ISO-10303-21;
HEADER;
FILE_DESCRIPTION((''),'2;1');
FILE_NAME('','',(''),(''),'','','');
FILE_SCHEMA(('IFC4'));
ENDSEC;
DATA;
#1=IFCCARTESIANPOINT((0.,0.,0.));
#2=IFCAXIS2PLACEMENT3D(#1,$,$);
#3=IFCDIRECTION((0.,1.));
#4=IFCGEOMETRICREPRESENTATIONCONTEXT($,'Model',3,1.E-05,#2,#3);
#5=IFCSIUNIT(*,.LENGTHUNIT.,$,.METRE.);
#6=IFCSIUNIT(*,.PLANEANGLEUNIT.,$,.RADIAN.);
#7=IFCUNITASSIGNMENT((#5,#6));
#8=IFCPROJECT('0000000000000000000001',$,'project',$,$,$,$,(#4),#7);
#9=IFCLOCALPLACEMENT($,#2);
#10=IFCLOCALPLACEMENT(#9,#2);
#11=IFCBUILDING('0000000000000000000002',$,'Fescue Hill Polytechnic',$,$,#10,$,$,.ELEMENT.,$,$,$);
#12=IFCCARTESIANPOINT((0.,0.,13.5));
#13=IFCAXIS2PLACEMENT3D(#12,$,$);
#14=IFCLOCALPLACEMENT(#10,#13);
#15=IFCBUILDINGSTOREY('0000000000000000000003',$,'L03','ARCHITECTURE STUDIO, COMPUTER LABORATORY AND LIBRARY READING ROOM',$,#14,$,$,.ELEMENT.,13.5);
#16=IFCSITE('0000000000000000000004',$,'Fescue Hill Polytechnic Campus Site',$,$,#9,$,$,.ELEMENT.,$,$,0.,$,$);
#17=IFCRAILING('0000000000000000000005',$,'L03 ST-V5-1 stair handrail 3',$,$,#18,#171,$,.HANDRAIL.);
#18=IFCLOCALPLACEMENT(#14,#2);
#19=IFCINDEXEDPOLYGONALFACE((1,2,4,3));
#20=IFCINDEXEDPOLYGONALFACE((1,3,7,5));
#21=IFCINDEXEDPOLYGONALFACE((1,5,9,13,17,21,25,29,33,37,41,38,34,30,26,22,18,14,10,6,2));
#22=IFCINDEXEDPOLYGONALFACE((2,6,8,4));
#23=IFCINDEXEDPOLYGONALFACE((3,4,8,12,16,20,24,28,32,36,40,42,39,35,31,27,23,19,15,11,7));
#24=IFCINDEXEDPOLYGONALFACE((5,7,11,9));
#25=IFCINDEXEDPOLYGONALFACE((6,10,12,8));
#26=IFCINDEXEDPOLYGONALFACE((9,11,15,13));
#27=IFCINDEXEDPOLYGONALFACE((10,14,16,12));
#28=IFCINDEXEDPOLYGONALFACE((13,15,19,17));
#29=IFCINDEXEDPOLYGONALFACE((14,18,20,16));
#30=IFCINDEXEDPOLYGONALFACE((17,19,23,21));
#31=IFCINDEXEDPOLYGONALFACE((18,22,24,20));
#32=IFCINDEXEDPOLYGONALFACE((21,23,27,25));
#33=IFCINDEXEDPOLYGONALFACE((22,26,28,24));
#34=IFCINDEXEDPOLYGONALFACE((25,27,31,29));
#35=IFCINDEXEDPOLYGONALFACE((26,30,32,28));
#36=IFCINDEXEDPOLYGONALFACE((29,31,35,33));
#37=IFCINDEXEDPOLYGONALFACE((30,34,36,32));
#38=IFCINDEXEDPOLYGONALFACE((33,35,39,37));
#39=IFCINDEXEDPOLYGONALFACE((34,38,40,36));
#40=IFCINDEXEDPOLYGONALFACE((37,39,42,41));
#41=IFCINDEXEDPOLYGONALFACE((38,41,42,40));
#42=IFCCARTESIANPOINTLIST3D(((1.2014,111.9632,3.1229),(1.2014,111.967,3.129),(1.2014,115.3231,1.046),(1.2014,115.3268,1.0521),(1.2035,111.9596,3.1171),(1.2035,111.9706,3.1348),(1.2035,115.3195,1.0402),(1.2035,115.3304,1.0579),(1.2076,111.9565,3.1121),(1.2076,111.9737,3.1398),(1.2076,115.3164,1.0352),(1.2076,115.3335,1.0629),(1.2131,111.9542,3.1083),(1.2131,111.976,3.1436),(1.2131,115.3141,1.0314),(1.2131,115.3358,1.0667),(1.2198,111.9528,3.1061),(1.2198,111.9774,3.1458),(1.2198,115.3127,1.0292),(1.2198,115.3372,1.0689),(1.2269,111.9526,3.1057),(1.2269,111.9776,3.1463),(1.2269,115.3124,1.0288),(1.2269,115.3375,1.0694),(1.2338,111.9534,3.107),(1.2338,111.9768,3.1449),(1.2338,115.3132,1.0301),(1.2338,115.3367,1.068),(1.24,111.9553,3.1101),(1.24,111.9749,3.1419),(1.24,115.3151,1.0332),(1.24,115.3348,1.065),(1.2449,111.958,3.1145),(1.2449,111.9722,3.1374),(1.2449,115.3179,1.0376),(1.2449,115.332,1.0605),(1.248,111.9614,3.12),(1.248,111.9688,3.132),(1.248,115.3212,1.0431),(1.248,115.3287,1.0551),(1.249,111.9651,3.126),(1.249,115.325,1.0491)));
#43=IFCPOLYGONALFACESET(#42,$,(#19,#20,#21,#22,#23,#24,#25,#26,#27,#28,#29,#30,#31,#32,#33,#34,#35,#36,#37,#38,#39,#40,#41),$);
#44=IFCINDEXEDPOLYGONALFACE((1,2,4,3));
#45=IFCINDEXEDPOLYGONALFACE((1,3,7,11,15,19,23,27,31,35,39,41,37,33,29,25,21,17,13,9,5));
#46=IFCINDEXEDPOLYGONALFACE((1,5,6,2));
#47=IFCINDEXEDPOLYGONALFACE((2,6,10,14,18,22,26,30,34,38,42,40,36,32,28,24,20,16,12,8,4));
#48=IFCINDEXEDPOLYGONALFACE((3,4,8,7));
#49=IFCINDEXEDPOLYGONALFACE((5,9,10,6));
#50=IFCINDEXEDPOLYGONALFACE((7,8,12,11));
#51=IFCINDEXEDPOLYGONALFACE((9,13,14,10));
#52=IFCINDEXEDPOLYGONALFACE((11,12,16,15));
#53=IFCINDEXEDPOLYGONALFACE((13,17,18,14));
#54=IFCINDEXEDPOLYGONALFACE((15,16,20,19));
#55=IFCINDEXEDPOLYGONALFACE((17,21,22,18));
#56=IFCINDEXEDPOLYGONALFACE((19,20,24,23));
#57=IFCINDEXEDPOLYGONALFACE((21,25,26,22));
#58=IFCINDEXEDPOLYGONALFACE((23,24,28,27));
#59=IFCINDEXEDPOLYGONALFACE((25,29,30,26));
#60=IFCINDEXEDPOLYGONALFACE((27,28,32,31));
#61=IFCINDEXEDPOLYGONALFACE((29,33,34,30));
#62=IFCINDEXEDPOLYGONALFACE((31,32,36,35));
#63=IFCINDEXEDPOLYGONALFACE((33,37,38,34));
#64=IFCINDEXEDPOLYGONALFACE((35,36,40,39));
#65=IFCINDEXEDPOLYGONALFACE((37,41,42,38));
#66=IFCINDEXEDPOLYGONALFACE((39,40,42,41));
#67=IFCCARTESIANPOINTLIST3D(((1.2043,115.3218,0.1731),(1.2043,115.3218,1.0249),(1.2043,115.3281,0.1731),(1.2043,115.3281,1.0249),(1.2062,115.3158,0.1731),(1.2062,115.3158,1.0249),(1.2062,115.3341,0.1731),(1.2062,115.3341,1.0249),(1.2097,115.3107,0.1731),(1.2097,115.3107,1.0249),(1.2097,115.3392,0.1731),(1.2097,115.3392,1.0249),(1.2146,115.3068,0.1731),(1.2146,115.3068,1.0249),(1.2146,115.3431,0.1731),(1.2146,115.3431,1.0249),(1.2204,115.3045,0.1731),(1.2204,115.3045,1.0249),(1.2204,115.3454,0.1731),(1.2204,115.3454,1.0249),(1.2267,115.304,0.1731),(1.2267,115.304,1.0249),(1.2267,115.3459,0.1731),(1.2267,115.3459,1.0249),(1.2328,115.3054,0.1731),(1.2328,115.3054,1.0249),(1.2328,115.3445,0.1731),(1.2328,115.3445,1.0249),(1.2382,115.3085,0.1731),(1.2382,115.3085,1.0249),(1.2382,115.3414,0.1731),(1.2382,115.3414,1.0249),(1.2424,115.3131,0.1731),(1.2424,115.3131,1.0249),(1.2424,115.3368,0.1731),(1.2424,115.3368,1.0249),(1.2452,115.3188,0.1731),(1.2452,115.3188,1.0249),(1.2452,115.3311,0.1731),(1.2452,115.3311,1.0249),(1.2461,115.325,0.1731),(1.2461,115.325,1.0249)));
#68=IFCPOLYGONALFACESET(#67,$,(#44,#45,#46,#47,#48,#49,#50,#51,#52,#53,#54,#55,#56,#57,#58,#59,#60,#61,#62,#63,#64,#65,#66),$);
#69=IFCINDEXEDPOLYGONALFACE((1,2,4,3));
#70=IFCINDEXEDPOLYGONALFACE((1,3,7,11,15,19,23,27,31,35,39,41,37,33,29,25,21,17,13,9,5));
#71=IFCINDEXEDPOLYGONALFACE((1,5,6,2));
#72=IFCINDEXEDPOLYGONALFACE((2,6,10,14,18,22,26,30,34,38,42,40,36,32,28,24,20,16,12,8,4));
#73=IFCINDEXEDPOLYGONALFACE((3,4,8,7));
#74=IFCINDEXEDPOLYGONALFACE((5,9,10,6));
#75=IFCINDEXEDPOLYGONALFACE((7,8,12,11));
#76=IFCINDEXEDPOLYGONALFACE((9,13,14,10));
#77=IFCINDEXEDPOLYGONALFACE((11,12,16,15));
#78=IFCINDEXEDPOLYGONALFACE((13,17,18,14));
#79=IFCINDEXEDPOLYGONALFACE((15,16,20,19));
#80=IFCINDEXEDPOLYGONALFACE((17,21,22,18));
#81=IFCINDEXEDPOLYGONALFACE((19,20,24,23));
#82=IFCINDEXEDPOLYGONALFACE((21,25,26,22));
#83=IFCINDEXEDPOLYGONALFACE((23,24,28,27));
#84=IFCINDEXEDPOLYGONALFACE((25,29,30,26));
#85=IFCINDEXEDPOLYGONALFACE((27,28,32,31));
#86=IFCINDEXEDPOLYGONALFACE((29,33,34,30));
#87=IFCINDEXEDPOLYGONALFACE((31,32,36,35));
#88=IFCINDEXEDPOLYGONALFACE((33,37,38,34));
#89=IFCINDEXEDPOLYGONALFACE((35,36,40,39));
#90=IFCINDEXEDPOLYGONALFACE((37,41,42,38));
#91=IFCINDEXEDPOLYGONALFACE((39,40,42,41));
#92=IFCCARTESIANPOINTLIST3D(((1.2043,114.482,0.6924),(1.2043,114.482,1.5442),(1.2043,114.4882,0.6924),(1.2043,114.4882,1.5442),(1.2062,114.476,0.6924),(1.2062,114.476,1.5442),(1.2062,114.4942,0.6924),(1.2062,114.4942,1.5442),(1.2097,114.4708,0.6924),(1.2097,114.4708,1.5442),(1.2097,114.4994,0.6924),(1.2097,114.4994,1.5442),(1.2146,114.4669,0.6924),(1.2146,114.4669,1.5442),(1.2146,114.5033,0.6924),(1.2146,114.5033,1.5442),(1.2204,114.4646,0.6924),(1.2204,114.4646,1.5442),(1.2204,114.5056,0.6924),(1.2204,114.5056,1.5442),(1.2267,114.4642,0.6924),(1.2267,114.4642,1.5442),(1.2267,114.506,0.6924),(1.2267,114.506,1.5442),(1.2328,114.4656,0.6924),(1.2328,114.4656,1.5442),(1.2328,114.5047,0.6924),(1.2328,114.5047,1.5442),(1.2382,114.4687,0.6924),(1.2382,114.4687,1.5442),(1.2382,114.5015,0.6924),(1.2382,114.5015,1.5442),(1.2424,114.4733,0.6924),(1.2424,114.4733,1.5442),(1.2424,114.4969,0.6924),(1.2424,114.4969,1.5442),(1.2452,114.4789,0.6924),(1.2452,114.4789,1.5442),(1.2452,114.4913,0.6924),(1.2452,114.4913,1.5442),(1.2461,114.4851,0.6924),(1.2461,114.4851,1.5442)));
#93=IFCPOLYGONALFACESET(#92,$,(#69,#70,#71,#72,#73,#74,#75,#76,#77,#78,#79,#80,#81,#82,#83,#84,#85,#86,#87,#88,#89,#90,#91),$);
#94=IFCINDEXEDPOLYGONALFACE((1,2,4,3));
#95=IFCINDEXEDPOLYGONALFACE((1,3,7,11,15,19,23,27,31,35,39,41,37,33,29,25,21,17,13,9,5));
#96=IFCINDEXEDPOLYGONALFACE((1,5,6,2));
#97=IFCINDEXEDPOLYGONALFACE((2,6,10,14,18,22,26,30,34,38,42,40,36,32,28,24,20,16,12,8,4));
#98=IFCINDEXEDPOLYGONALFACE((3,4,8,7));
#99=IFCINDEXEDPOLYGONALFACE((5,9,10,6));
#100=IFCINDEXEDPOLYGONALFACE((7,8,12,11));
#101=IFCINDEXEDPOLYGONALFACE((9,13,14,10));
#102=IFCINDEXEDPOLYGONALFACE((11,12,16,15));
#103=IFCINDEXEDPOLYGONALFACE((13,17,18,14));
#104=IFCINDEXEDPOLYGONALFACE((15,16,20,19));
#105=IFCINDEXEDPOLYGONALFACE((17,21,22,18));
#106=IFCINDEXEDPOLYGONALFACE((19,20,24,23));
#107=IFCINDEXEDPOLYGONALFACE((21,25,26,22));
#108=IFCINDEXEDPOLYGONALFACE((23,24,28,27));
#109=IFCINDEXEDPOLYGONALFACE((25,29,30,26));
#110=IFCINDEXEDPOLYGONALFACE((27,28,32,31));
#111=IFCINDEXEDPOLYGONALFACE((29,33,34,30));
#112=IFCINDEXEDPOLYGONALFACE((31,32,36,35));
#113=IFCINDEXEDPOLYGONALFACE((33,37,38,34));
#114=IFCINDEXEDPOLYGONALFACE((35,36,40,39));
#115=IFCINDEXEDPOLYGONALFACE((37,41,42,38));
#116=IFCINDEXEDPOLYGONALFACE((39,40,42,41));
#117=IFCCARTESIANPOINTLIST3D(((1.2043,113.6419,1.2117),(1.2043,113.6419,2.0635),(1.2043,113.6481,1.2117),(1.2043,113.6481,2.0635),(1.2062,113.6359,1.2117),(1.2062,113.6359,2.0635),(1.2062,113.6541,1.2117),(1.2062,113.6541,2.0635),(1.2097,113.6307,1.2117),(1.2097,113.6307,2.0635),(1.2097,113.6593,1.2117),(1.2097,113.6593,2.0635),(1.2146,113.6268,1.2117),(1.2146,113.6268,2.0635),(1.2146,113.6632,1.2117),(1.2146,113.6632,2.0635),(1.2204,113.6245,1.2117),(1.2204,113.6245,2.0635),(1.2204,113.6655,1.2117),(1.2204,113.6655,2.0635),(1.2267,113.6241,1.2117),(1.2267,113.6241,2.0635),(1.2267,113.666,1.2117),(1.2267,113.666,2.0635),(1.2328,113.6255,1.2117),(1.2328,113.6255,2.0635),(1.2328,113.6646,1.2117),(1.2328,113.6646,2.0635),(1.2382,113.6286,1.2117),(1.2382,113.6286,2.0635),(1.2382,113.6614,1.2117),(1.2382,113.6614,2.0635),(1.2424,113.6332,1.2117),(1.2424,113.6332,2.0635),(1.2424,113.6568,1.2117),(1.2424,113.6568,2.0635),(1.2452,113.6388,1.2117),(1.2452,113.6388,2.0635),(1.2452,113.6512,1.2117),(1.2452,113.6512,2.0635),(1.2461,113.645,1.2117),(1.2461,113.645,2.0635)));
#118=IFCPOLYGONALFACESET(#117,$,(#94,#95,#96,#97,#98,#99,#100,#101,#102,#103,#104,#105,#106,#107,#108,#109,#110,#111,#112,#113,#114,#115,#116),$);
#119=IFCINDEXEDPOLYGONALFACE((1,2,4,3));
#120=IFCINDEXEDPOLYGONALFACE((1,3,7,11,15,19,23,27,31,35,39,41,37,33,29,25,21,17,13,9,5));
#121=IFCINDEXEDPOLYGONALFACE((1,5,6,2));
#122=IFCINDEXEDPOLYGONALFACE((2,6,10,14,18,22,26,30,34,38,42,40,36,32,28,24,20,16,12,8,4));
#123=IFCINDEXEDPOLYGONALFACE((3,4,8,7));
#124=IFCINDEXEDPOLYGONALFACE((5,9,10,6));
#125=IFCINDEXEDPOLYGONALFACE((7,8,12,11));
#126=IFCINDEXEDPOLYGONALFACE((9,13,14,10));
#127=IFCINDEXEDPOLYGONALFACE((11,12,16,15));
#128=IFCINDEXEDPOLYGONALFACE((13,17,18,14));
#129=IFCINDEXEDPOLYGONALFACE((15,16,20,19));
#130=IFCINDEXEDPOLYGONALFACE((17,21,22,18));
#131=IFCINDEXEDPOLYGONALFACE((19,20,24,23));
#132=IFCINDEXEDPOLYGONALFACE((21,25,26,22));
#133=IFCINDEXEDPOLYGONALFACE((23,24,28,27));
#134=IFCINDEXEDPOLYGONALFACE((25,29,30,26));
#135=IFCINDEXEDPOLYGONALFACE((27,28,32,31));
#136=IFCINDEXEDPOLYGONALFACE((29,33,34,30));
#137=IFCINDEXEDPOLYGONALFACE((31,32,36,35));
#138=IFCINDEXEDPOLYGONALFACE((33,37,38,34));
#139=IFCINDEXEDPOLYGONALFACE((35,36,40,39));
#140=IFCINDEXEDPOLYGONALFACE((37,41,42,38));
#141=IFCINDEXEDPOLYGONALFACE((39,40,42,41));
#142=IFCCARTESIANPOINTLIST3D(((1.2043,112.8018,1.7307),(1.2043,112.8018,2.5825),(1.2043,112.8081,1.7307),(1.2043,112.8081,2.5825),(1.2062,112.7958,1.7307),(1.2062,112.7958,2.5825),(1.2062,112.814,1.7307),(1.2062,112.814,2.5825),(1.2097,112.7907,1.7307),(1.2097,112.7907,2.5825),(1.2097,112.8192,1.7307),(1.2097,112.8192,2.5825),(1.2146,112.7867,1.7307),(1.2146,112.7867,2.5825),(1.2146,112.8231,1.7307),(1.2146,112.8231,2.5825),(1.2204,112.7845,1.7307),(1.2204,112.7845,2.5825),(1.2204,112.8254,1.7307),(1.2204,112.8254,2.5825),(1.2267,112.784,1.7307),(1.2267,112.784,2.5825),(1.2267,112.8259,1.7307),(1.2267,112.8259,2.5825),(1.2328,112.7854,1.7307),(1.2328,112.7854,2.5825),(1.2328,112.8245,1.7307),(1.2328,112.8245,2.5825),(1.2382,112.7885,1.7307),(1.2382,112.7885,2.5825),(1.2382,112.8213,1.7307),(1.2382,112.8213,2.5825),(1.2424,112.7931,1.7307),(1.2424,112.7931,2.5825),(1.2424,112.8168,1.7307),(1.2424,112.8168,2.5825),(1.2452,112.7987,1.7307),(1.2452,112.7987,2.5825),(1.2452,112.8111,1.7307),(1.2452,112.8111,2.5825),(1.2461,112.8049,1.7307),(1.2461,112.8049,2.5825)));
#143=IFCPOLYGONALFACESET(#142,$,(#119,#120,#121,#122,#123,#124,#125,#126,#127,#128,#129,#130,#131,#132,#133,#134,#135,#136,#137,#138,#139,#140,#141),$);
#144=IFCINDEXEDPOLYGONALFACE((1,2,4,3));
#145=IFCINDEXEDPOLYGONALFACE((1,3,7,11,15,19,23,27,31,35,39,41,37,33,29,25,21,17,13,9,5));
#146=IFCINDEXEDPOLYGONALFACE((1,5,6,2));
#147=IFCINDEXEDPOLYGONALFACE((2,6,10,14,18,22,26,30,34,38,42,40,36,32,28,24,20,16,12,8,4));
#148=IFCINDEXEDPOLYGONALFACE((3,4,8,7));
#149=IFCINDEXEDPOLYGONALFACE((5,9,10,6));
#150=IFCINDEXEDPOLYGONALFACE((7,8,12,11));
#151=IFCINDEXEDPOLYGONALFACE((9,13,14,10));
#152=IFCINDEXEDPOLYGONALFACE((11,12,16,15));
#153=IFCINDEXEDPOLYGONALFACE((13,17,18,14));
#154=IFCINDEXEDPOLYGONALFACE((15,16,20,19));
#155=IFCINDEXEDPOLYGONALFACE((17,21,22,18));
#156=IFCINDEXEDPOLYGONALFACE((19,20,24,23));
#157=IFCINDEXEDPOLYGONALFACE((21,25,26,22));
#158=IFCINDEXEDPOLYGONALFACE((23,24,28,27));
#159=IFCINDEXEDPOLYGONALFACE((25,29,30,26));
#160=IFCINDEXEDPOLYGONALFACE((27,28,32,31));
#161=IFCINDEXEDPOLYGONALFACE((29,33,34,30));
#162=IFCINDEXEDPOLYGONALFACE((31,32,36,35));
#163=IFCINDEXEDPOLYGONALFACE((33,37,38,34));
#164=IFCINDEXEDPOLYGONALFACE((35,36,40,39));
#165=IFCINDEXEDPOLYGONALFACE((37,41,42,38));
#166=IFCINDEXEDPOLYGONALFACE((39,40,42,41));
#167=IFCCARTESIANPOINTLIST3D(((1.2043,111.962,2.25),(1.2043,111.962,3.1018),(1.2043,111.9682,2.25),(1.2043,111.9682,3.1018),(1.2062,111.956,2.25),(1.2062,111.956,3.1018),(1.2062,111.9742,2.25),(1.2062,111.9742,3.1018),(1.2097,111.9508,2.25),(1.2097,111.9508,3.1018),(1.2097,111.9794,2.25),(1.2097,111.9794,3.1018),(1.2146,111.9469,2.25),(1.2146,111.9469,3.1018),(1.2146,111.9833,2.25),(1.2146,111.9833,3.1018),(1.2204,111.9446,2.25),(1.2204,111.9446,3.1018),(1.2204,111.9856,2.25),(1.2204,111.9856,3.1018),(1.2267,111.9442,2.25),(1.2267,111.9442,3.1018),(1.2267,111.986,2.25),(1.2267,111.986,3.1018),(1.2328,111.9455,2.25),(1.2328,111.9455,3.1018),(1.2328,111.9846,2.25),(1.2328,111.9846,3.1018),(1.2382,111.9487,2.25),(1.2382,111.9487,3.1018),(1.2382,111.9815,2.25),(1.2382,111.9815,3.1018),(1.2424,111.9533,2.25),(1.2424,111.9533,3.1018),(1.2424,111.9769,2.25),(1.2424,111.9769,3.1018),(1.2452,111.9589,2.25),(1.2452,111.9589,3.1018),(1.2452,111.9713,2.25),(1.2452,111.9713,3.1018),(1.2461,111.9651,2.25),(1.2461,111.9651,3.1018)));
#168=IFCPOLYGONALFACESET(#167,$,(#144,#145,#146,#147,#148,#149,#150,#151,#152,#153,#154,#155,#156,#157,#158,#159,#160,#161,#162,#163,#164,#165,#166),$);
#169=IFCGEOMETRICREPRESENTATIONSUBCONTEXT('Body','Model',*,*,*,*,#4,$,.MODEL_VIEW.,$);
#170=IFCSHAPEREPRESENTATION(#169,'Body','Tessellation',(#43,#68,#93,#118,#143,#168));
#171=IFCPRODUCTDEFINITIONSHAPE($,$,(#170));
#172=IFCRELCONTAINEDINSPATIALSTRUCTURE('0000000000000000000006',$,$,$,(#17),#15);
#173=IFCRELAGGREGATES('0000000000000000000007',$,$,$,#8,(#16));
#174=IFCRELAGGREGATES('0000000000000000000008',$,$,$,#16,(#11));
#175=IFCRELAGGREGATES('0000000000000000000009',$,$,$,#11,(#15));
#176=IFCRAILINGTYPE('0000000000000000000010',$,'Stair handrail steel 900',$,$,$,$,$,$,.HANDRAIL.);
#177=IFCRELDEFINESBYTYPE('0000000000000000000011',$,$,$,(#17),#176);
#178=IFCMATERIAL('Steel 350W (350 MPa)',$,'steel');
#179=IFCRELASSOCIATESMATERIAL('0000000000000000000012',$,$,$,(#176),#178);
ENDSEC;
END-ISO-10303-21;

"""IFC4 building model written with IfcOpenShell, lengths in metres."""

from ifc_helpers import new_model, si_unit, direction, frame, origin, origin_2d, place, context, subcontext, project, spatial, circle, extrude, material, type_object, element, save


model = new_model("IFC4")

# Units and contexts
model_context = context("Model", 3, precision=1e-05, world=origin(), true_north=direction((0.0, 1.0)))
body_context = subcontext(model_context, "Body", "Model", "MODEL_VIEW")
ifc_project = project(units=[si_unit("LENGTHUNIT", "METRE"), si_unit("PLANEANGLEUNIT", "RADIAN")], contexts=[model_context])

# Site, building, storey
site_placement = place(None, origin())
site = spatial("IfcSite", under=ifc_project, at=site_placement, Name="Fescue Hill Polytechnic Campus Site", CompositionType="ELEMENT", RefElevation=0.0)
building_placement = place(site_placement, origin())
building = spatial("IfcBuilding", under=site, at=building_placement, Name="Fescue Hill Polytechnic", CompositionType="ELEMENT")
storey_placement = place(building_placement, frame((0.0, 0.0, 13.5)))
storey = spatial("IfcBuildingStorey", under=building, at=storey_placement, Name="L03", Description="ARCHITECTURE STUDIO, COMPUTER LABORATORY AND LIBRARY READING ROOM", CompositionType="ELEMENT", Elevation=13.5)

# Railing
ifc_material_1 = material(Name="Steel 350W (350 MPa)", Category="steel")
railing_type_1 = type_object("IfcRailingType", Name="Stair handrail steel 900", PredefinedType="HANDRAIL", material=ifc_material_1)
railing_1_placement = place(storey_placement, frame((1.2251, 115.325, 0.1731)))
element("IfcRailing", 1, at=railing_1_placement, inside=storey, type_object=railing_type_1, Name="L03 ST-V5-1 stair handrail 3", PredefinedType="HANDRAIL", context=body_context, shape_type="SweptSolid", body=[
    extrude(circle(Radius=0.0239, at=origin_2d()), frame((0.0, 0.0, 0.876), z_axis=(0.0, -0.850606, 0.525803), x_axis=(1.0, 0.0, 0.0)), (0.0, 0.0, 1.0), 3.95),
    extrude(circle(Radius=0.021, at=origin_2d()), origin(), (0.0, 0.0, 1.0), 0.8518),
    extrude(circle(Radius=0.021, at=origin_2d()), frame((0.0, -0.8398, 0.5193)), (0.0, 0.0, 1.0), 0.8518),
    extrude(circle(Radius=0.021, at=origin_2d()), frame((0.0, -1.6799, 1.0386)), (0.0, 0.0, 1.0), 0.8518),
    extrude(circle(Radius=0.021, at=origin_2d()), frame((0.0, -2.52, 1.5576)), (0.0, 0.0, 1.0), 0.8518),
    extrude(circle(Radius=0.021, at=origin_2d()), frame((0.0, -3.3599, 2.0769)), (0.0, 0.0, 1.0), 0.8518),
])

save(model, "model.ifc")
